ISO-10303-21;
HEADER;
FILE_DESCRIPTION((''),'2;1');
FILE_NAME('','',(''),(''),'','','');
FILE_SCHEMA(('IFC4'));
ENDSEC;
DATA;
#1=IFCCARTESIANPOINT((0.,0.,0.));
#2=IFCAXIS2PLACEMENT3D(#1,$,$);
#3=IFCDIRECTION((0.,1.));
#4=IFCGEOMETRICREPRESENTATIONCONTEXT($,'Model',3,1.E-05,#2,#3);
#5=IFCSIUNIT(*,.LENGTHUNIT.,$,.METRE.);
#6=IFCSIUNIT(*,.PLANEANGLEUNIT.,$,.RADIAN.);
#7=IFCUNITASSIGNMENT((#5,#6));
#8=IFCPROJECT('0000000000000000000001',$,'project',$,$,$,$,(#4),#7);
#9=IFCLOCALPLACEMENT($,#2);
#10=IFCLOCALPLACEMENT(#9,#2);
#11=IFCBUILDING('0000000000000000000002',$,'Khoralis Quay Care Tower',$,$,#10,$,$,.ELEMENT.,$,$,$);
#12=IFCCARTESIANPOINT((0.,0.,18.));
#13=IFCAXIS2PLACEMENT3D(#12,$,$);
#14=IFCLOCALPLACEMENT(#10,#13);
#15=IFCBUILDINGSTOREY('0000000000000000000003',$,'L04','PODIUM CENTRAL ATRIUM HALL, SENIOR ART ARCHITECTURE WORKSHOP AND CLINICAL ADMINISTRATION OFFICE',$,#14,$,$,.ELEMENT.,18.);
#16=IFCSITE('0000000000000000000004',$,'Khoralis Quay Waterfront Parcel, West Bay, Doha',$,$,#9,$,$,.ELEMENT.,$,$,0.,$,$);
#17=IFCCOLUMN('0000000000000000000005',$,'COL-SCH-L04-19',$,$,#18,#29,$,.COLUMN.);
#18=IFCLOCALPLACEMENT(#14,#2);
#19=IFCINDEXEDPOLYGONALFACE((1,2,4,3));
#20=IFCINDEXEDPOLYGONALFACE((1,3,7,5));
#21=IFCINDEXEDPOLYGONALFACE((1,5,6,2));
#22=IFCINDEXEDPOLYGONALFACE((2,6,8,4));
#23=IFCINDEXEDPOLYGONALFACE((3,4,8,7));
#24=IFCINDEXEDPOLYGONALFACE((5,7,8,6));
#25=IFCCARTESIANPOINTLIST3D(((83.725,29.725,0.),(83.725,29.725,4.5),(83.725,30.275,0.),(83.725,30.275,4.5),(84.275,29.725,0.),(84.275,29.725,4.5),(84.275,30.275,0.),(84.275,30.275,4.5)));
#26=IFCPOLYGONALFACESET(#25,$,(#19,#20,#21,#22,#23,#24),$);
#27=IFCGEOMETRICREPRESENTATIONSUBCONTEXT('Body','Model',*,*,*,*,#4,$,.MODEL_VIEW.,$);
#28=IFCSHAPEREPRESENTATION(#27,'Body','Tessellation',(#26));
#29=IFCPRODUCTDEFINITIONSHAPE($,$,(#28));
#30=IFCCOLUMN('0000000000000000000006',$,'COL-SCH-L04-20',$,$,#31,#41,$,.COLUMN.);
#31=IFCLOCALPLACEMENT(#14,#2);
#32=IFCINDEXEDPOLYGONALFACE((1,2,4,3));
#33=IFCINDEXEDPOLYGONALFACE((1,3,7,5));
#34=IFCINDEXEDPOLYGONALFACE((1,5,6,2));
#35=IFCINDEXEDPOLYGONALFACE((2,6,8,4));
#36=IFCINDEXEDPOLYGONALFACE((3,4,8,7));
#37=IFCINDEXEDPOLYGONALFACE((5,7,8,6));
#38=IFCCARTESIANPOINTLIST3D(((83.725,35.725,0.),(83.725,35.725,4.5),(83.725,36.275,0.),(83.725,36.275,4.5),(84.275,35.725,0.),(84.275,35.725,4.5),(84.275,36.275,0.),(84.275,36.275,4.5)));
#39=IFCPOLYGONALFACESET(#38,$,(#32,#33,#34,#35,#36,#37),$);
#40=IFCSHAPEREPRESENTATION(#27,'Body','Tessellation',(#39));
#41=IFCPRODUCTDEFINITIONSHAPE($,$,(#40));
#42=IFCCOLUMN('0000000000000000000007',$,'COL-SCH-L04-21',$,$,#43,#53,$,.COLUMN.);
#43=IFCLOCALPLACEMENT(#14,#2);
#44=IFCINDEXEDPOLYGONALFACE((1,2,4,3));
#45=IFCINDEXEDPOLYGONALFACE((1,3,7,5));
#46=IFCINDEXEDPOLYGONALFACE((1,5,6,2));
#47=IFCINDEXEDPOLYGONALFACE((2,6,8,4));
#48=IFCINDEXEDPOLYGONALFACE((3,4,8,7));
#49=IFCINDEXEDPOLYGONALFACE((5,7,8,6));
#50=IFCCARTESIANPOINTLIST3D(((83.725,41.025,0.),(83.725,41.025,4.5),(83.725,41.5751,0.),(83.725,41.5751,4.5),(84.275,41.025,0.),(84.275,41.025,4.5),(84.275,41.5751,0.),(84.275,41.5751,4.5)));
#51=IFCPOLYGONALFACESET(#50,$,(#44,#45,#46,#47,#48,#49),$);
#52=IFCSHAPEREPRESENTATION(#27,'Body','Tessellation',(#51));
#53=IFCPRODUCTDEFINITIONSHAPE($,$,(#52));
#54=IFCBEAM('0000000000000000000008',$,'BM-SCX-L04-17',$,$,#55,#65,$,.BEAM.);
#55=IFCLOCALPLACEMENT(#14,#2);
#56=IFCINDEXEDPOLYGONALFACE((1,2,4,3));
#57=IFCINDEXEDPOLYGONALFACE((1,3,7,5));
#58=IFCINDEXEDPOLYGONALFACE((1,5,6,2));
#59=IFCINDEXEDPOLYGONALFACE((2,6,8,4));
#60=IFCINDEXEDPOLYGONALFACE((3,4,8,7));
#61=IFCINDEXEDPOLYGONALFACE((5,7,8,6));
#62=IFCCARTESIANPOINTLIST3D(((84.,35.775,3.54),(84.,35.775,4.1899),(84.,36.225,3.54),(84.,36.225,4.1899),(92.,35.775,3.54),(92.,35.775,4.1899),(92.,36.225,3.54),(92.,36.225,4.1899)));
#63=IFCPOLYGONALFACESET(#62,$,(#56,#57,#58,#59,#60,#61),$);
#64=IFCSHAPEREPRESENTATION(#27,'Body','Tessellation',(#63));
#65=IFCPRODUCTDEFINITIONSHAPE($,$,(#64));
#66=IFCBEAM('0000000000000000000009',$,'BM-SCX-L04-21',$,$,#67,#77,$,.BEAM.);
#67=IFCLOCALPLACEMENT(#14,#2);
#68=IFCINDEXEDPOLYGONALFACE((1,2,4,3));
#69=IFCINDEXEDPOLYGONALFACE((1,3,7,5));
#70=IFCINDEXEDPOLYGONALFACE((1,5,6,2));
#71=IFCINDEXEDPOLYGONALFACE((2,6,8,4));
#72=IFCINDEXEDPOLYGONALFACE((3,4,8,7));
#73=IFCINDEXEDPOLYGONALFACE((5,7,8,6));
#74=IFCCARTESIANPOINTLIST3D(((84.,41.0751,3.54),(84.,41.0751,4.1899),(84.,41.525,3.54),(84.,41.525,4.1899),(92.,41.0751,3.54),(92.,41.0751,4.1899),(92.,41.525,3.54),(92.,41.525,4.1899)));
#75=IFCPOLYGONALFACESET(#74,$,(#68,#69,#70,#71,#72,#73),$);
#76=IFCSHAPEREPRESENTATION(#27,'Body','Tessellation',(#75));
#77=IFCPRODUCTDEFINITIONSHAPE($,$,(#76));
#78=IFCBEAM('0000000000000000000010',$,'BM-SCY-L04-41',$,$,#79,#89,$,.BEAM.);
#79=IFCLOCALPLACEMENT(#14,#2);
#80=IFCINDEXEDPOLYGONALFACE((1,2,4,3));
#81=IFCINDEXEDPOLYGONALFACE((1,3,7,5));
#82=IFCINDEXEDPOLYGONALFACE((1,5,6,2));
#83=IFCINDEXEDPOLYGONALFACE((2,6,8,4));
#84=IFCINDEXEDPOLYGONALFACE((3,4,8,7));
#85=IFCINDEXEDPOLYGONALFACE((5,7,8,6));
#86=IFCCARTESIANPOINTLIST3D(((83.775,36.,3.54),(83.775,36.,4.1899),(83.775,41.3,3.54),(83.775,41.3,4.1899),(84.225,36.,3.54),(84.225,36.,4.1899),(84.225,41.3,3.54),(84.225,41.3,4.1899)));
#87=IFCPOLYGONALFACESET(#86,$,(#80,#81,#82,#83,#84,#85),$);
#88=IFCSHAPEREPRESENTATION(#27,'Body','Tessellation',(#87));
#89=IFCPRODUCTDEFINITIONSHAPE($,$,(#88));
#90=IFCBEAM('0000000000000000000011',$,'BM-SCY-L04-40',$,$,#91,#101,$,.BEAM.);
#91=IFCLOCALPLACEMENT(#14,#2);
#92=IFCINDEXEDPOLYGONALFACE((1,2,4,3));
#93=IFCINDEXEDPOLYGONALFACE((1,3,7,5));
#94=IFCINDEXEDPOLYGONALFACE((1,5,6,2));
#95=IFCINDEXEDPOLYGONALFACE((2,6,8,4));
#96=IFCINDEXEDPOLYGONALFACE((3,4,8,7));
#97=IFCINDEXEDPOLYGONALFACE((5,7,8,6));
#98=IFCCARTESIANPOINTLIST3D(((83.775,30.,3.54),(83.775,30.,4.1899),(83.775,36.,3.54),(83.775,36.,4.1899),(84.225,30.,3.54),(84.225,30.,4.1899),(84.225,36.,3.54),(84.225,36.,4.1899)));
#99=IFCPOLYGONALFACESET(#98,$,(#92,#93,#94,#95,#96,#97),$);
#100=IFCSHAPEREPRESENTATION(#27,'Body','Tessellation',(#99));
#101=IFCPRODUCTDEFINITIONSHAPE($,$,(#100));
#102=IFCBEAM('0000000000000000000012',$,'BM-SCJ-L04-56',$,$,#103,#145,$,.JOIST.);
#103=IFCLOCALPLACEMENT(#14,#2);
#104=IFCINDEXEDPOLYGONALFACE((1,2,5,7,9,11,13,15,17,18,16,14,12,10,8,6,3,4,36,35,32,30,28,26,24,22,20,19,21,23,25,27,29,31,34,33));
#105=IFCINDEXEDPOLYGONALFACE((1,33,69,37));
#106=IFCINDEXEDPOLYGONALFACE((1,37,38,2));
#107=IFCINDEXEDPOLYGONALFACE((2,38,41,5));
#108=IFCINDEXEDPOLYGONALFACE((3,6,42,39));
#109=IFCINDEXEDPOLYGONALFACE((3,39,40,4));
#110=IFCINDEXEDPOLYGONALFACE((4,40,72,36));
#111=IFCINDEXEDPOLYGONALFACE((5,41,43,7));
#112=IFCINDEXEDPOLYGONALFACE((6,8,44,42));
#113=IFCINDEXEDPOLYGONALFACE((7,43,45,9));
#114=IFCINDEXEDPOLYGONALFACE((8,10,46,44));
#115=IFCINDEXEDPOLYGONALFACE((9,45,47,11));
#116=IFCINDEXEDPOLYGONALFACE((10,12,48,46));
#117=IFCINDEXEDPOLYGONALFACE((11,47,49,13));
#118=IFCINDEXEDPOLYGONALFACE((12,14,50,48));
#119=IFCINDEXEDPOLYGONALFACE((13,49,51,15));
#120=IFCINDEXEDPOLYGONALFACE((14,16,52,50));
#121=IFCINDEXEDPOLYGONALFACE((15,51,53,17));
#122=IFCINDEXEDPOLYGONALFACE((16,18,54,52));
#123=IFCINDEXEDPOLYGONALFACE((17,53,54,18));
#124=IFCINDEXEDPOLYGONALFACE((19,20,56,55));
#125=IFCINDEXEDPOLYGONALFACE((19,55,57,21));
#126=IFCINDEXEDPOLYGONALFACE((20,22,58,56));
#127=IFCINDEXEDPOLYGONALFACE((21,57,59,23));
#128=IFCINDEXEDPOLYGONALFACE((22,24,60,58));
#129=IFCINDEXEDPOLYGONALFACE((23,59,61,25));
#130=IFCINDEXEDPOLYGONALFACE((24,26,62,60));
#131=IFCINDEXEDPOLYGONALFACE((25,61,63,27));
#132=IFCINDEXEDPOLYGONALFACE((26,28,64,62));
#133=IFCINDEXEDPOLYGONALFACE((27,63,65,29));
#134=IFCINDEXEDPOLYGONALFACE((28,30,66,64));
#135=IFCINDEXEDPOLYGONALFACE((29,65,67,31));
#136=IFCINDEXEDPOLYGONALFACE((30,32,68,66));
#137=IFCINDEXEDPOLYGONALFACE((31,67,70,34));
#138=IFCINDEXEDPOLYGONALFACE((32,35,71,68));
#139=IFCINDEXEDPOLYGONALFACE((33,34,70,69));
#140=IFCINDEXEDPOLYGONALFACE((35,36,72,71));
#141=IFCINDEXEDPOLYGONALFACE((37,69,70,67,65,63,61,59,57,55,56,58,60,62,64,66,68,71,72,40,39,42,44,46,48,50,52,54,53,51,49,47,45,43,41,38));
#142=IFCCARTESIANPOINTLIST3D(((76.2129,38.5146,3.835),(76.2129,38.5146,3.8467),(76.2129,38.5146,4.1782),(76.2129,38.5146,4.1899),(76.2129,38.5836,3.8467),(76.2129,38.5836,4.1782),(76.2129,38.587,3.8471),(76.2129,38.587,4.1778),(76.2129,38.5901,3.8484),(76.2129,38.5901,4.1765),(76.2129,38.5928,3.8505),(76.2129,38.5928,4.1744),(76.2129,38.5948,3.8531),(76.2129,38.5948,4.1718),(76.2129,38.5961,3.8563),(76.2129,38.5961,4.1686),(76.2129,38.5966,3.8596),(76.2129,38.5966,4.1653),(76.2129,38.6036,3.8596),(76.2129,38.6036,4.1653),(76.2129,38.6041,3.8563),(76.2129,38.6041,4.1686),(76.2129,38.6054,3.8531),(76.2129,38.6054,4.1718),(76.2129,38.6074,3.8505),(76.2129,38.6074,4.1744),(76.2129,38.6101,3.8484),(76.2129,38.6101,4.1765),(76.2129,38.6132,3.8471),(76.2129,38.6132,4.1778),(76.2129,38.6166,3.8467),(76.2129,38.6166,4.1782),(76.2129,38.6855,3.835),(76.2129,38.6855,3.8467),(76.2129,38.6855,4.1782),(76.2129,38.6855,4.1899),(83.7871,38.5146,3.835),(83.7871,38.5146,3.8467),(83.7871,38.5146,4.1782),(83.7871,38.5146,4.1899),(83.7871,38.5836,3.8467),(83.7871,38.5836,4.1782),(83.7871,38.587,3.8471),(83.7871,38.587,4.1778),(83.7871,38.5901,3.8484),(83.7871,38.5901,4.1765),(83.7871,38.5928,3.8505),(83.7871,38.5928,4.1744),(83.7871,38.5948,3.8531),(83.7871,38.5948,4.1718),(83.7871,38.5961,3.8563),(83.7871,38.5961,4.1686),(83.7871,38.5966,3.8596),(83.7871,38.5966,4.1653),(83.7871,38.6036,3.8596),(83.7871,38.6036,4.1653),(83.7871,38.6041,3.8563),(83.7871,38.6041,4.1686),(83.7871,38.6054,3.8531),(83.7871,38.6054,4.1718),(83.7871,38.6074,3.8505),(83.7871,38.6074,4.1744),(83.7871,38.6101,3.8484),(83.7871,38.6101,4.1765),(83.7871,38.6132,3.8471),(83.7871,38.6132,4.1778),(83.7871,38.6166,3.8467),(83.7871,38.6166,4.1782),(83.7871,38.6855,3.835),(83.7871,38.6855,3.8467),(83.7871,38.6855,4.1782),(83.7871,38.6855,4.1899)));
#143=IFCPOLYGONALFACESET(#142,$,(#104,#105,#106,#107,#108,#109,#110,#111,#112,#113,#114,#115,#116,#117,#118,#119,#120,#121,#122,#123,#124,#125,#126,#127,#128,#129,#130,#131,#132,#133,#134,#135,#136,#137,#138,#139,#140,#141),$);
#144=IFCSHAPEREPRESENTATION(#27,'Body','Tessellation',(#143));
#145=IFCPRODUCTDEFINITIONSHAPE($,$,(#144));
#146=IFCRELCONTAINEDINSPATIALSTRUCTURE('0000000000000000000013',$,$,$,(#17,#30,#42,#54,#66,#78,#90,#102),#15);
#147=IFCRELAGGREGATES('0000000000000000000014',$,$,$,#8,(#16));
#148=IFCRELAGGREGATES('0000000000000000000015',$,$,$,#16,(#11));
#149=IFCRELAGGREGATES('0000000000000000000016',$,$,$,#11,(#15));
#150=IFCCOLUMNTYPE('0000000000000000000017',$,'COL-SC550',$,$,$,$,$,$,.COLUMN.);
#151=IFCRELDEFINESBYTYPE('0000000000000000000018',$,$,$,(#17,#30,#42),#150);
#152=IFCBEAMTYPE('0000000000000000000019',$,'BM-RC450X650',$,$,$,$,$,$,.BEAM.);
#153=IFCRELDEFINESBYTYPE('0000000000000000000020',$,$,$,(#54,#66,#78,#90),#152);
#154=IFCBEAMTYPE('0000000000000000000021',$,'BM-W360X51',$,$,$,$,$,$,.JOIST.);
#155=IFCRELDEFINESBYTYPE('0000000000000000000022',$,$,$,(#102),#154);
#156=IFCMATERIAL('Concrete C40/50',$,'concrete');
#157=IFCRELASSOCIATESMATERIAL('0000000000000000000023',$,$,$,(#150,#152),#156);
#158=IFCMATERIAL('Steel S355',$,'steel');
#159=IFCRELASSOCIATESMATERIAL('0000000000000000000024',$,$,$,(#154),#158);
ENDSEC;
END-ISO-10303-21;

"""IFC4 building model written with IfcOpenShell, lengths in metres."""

from ifc_helpers import new_model, si_unit, direction, frame, origin, origin_2d, place, context, subcontext, project, spatial, rectangle, i_section, extrude, source, transform, mapped, material, material_profile, profile_set, type_object, element, save


model = new_model("IFC4")

# Units and contexts
model_context = context("Model", 3, precision=1e-05, world=origin(), true_north=direction((0.0, 1.0)))
body_context = subcontext(model_context, "Body", "Model", "MODEL_VIEW")
ifc_project = project(units=[si_unit("LENGTHUNIT", "METRE"), si_unit("PLANEANGLEUNIT", "RADIAN")], contexts=[model_context])

# Site, building, storey
site_placement = place(None, origin())
site = spatial("IfcSite", under=ifc_project, at=site_placement, Name="Khoralis Quay Waterfront Parcel, West Bay, Doha", CompositionType="ELEMENT", RefElevation=0.0)
building_placement = place(site_placement, origin())
building = spatial("IfcBuilding", under=site, at=building_placement, Name="Khoralis Quay Care Tower", CompositionType="ELEMENT")
storey_placement = place(building_placement, frame((0.0, 0.0, 18.0)))
storey = spatial("IfcBuildingStorey", under=building, at=storey_placement, Name="L04", Description="PODIUM CENTRAL ATRIUM HALL, SENIOR ART ARCHITECTURE WORKSHOP AND CLINICAL ADMINISTRATION OFFICE", CompositionType="ELEMENT", Elevation=18.0)

# Columns
ifc_material_1 = material(Name="Concrete C40/50", Category="concrete")
ifc_material_profile_1 = material_profile(ifc_material_1, rectangle(XDim=0.55, YDim=0.55, at=origin_2d()), Name="Concrete C40/50")
ifc_profile_set_1 = profile_set([ifc_material_profile_1], Name="Concrete C40/50")
column_type = type_object("IfcColumnType", Name="COL-SC550", PredefinedType="COLUMN", material=ifc_profile_set_1)
shared_shape_1 = source(origin(), body_context, "Body", "SweptSolid", [
    extrude(rectangle(XDim=0.55, YDim=0.55, at=origin_2d()), origin(), (0.0, 0.0, 1.0), 4.5),
])
for number, where, z_axis, x_axis, name in (
    (1, (84.0, 30.0, 0.0), (0.0, 0.0, 1.0), (1.0, 0.0, 0.0), "COL-SCH-L04-19"),
    (2, (84.0, 36.0, 0.0), (0.0, 0.0, 1.0), (1.0, 0.0, 0.0), "COL-SCH-L04-20"),
    (3, (84.0, 41.3, 0.0), (0.0, 0.0, 1.0), (1.0, 0.0, 0.0), "COL-SCH-L04-21"),
):
    element("IfcColumn", number, at=place(storey_placement, frame(where, z_axis=z_axis, x_axis=x_axis)), inside=storey, type_object=column_type, Name=name, PredefinedType="COLUMN", context=body_context, shape_type="MappedRepresentation", body=[
        mapped(shared_shape_1, transform((0.0, 0.0, 0.0), scale=1.0)),
    ])

# Beams
ifc_material_profile_2 = material_profile(ifc_material_1, rectangle(XDim=0.45, YDim=0.6499, at=origin_2d()), Name="Concrete C40/50")
ifc_profile_set_2 = profile_set([ifc_material_profile_2], Name="Concrete C40/50")
beam_type_1 = type_object("IfcBeamType", Name="BM-RC450X650", PredefinedType="BEAM", material=ifc_profile_set_2)
shared_shape_2 = source(origin(), body_context, "Body", "SweptSolid", [
    extrude(rectangle(XDim=0.45, YDim=0.6499, at=origin_2d()), origin(), (0.0, 0.0, 1.0), 8.0),
])
for number, where, z_axis, x_axis, name in (
    (4, (84.0, 36.0, 3.865), (1.0, 0.0, 0.0), (0.0, 1.0, 0.0), "BM-SCX-L04-17"),
    (5, (84.0, 41.3, 3.865), (1.0, 0.0, 0.0), (0.0, 1.0, 0.0), "BM-SCX-L04-21"),
):
    element("IfcBeam", number, at=place(storey_placement, frame(where, z_axis=z_axis, x_axis=x_axis)), inside=storey, type_object=beam_type_1, Name=name, PredefinedType="BEAM", context=body_context, shape_type="MappedRepresentation", body=[
        mapped(shared_shape_2, transform((0.0, 0.0, 0.0), scale=1.0)),
    ])
shared_shape_3 = source(origin(), body_context, "Body", "SweptSolid", [
    extrude(rectangle(XDim=0.45, YDim=0.6499, at=origin_2d()), origin(), (0.0, 0.0, 1.0), 5.3),
])
beam_1_placement = place(storey_placement, frame((84.0, 36.0, 3.865), z_axis=(0.0, 1.0, 0.0), x_axis=(-1.0, 0.0, 0.0)))
element("IfcBeam", 6, at=beam_1_placement, inside=storey, type_object=beam_type_1, Name="BM-SCY-L04-41", PredefinedType="BEAM", context=body_context, shape_type="MappedRepresentation", body=[
    mapped(shared_shape_3, transform((0.0, 0.0, 0.0), scale=1.0)),
])
shared_shape_4 = source(origin(), body_context, "Body", "SweptSolid", [
    extrude(rectangle(XDim=0.45, YDim=0.6499, at=origin_2d()), origin(), (0.0, 0.0, 1.0), 6.0),
])
beam_2_placement = place(storey_placement, frame((84.0, 30.0, 3.865), z_axis=(0.0, 1.0, 0.0), x_axis=(-1.0, 0.0, 0.0)))
element("IfcBeam", 7, at=beam_2_placement, inside=storey, type_object=beam_type_1, Name="BM-SCY-L04-40", PredefinedType="BEAM", context=body_context, shape_type="MappedRepresentation", body=[
    mapped(shared_shape_4, transform((0.0, 0.0, 0.0), scale=1.0)),
])
ifc_material_2 = material(Name="Steel S355", Category="steel")
ifc_material_profile_3 = material_profile(ifc_material_2, i_section(OverallWidth=0.1709, OverallDepth=0.355, WebThickness=0.0071, FlangeThickness=0.0117, FilletRadius=0.0129, at=origin_2d()), Name="Steel S355")
ifc_profile_set_3 = profile_set([ifc_material_profile_3], Name="Steel S355")
beam_type_2 = type_object("IfcBeamType", Name="BM-W360X51", PredefinedType="JOIST", material=ifc_profile_set_3)
shared_shape_5 = source(origin(), body_context, "Body", "SweptSolid", [
    extrude(i_section(OverallWidth=0.1709, OverallDepth=0.355, WebThickness=0.0071, FlangeThickness=0.0117, FilletRadius=0.0129, at=origin_2d()), origin(), (0.0, 0.0, 1.0), 7.5742),
])
beam_3_placement = place(storey_placement, frame((76.2129, 38.6001, 4.0125), z_axis=(1.0, 0.0, 0.0), x_axis=(0.0, 1.0, 0.0)))
element("IfcBeam", 8, at=beam_3_placement, inside=storey, type_object=beam_type_2, Name="BM-SCJ-L04-56", PredefinedType="JOIST", context=body_context, shape_type="MappedRepresentation", body=[
    mapped(shared_shape_5, transform((0.0, 0.0, 0.0), scale=1.0)),
])

save(model, "model.ifc")
